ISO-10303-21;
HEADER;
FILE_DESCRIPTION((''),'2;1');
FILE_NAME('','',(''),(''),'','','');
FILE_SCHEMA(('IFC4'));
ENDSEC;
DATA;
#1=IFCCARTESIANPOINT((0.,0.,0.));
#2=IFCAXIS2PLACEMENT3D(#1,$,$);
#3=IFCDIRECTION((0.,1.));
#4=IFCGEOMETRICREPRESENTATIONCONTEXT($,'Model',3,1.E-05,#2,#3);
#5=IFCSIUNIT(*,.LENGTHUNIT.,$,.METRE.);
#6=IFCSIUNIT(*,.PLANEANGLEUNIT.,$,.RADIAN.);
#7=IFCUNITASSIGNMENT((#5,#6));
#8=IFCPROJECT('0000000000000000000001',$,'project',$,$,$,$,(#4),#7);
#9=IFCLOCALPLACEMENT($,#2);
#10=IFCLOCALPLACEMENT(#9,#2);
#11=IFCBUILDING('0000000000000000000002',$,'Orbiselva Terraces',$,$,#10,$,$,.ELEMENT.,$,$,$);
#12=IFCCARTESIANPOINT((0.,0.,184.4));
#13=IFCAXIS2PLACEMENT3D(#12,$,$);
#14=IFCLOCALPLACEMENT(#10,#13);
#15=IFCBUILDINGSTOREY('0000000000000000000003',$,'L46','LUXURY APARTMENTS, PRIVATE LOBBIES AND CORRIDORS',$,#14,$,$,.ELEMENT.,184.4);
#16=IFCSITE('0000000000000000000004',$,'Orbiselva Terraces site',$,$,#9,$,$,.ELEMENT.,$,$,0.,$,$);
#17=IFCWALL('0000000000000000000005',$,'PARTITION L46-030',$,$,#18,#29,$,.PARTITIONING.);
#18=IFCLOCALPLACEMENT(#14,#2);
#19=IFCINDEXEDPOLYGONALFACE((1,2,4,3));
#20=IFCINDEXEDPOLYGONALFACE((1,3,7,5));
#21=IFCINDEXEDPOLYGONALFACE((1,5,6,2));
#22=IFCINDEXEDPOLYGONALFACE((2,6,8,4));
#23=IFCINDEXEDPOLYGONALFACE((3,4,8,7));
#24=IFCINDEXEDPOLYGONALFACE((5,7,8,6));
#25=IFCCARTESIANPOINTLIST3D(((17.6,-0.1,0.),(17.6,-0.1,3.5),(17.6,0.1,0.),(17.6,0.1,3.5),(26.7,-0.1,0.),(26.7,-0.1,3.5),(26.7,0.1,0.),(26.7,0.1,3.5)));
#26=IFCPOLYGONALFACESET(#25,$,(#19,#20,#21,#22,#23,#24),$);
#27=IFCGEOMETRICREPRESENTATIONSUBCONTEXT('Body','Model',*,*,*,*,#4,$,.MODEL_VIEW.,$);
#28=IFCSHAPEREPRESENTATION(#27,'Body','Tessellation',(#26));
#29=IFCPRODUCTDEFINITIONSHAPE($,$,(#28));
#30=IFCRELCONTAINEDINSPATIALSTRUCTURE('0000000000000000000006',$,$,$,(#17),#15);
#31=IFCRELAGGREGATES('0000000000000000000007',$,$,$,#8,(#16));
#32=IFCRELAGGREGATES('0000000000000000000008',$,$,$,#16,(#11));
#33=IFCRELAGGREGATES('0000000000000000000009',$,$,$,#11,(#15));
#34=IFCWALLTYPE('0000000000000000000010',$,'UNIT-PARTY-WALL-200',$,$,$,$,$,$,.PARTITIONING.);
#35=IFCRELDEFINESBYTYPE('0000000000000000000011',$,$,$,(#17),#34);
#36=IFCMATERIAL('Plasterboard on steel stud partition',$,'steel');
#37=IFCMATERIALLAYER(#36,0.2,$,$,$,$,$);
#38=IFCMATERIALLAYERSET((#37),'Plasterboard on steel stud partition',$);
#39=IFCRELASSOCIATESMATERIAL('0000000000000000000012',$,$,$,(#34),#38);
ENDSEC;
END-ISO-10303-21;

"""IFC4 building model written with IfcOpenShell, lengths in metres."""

from ifc_helpers import new_model, si_unit, direction, frame, frame_2d, origin, place, context, subcontext, project, spatial, rectangle, extrude, material, layer, layer_set, type_object, element, save


model = new_model("IFC4")

# Units and contexts
model_context = context("Model", 3, precision=1e-05, world=origin(), true_north=direction((0.0, 1.0)))
body_context = subcontext(model_context, "Body", "Model", "MODEL_VIEW")
ifc_project = project(units=[si_unit("LENGTHUNIT", "METRE"), si_unit("PLANEANGLEUNIT", "RADIAN")], contexts=[model_context])

# Site, building, storey
site_placement = place(None, origin())
site = spatial("IfcSite", under=ifc_project, at=site_placement, Name="Orbiselva Terraces site", CompositionType="ELEMENT", RefElevation=0.0)
building_placement = place(site_placement, origin())
building = spatial("IfcBuilding", under=site, at=building_placement, Name="Orbiselva Terraces", CompositionType="ELEMENT")
storey_placement = place(building_placement, frame((0.0, 0.0, 184.4)))
storey = spatial("IfcBuildingStorey", under=building, at=storey_placement, Name="L46", Description="LUXURY APARTMENTS, PRIVATE LOBBIES AND CORRIDORS", CompositionType="ELEMENT", Elevation=184.4)

# Shared definitions
ifc_material_1 = material(Name="Plasterboard on steel stud partition", Category="steel")

# Wall
ifc_layer_1 = layer(ifc_material_1, 0.2)
ifc_layer_set_1 = layer_set([ifc_layer_1], Name="Plasterboard on steel stud partition")
wall_type_1 = type_object("IfcWallType", Name="UNIT-PARTY-WALL-200", PredefinedType="PARTITIONING", material=ifc_layer_set_1)
wall_1_placement = place(storey_placement, frame((17.6, 0.0, 0.0), z_axis=(0.0, 0.0, 1.0), x_axis=(1.0, 0.0, 0.0)))
element("IfcWall", 1, at=wall_1_placement, inside=storey, type_object=wall_type_1, Name="PARTITION L46-030", PredefinedType="PARTITIONING", context=body_context, shape_type="SweptSolid", body=[
    extrude(rectangle(XDim=9.1, YDim=0.2, at=frame_2d((4.55, 0.0))), origin(), (0.0, 0.0, 1.0), 3.5),
])

save(model, "model.ifc")
